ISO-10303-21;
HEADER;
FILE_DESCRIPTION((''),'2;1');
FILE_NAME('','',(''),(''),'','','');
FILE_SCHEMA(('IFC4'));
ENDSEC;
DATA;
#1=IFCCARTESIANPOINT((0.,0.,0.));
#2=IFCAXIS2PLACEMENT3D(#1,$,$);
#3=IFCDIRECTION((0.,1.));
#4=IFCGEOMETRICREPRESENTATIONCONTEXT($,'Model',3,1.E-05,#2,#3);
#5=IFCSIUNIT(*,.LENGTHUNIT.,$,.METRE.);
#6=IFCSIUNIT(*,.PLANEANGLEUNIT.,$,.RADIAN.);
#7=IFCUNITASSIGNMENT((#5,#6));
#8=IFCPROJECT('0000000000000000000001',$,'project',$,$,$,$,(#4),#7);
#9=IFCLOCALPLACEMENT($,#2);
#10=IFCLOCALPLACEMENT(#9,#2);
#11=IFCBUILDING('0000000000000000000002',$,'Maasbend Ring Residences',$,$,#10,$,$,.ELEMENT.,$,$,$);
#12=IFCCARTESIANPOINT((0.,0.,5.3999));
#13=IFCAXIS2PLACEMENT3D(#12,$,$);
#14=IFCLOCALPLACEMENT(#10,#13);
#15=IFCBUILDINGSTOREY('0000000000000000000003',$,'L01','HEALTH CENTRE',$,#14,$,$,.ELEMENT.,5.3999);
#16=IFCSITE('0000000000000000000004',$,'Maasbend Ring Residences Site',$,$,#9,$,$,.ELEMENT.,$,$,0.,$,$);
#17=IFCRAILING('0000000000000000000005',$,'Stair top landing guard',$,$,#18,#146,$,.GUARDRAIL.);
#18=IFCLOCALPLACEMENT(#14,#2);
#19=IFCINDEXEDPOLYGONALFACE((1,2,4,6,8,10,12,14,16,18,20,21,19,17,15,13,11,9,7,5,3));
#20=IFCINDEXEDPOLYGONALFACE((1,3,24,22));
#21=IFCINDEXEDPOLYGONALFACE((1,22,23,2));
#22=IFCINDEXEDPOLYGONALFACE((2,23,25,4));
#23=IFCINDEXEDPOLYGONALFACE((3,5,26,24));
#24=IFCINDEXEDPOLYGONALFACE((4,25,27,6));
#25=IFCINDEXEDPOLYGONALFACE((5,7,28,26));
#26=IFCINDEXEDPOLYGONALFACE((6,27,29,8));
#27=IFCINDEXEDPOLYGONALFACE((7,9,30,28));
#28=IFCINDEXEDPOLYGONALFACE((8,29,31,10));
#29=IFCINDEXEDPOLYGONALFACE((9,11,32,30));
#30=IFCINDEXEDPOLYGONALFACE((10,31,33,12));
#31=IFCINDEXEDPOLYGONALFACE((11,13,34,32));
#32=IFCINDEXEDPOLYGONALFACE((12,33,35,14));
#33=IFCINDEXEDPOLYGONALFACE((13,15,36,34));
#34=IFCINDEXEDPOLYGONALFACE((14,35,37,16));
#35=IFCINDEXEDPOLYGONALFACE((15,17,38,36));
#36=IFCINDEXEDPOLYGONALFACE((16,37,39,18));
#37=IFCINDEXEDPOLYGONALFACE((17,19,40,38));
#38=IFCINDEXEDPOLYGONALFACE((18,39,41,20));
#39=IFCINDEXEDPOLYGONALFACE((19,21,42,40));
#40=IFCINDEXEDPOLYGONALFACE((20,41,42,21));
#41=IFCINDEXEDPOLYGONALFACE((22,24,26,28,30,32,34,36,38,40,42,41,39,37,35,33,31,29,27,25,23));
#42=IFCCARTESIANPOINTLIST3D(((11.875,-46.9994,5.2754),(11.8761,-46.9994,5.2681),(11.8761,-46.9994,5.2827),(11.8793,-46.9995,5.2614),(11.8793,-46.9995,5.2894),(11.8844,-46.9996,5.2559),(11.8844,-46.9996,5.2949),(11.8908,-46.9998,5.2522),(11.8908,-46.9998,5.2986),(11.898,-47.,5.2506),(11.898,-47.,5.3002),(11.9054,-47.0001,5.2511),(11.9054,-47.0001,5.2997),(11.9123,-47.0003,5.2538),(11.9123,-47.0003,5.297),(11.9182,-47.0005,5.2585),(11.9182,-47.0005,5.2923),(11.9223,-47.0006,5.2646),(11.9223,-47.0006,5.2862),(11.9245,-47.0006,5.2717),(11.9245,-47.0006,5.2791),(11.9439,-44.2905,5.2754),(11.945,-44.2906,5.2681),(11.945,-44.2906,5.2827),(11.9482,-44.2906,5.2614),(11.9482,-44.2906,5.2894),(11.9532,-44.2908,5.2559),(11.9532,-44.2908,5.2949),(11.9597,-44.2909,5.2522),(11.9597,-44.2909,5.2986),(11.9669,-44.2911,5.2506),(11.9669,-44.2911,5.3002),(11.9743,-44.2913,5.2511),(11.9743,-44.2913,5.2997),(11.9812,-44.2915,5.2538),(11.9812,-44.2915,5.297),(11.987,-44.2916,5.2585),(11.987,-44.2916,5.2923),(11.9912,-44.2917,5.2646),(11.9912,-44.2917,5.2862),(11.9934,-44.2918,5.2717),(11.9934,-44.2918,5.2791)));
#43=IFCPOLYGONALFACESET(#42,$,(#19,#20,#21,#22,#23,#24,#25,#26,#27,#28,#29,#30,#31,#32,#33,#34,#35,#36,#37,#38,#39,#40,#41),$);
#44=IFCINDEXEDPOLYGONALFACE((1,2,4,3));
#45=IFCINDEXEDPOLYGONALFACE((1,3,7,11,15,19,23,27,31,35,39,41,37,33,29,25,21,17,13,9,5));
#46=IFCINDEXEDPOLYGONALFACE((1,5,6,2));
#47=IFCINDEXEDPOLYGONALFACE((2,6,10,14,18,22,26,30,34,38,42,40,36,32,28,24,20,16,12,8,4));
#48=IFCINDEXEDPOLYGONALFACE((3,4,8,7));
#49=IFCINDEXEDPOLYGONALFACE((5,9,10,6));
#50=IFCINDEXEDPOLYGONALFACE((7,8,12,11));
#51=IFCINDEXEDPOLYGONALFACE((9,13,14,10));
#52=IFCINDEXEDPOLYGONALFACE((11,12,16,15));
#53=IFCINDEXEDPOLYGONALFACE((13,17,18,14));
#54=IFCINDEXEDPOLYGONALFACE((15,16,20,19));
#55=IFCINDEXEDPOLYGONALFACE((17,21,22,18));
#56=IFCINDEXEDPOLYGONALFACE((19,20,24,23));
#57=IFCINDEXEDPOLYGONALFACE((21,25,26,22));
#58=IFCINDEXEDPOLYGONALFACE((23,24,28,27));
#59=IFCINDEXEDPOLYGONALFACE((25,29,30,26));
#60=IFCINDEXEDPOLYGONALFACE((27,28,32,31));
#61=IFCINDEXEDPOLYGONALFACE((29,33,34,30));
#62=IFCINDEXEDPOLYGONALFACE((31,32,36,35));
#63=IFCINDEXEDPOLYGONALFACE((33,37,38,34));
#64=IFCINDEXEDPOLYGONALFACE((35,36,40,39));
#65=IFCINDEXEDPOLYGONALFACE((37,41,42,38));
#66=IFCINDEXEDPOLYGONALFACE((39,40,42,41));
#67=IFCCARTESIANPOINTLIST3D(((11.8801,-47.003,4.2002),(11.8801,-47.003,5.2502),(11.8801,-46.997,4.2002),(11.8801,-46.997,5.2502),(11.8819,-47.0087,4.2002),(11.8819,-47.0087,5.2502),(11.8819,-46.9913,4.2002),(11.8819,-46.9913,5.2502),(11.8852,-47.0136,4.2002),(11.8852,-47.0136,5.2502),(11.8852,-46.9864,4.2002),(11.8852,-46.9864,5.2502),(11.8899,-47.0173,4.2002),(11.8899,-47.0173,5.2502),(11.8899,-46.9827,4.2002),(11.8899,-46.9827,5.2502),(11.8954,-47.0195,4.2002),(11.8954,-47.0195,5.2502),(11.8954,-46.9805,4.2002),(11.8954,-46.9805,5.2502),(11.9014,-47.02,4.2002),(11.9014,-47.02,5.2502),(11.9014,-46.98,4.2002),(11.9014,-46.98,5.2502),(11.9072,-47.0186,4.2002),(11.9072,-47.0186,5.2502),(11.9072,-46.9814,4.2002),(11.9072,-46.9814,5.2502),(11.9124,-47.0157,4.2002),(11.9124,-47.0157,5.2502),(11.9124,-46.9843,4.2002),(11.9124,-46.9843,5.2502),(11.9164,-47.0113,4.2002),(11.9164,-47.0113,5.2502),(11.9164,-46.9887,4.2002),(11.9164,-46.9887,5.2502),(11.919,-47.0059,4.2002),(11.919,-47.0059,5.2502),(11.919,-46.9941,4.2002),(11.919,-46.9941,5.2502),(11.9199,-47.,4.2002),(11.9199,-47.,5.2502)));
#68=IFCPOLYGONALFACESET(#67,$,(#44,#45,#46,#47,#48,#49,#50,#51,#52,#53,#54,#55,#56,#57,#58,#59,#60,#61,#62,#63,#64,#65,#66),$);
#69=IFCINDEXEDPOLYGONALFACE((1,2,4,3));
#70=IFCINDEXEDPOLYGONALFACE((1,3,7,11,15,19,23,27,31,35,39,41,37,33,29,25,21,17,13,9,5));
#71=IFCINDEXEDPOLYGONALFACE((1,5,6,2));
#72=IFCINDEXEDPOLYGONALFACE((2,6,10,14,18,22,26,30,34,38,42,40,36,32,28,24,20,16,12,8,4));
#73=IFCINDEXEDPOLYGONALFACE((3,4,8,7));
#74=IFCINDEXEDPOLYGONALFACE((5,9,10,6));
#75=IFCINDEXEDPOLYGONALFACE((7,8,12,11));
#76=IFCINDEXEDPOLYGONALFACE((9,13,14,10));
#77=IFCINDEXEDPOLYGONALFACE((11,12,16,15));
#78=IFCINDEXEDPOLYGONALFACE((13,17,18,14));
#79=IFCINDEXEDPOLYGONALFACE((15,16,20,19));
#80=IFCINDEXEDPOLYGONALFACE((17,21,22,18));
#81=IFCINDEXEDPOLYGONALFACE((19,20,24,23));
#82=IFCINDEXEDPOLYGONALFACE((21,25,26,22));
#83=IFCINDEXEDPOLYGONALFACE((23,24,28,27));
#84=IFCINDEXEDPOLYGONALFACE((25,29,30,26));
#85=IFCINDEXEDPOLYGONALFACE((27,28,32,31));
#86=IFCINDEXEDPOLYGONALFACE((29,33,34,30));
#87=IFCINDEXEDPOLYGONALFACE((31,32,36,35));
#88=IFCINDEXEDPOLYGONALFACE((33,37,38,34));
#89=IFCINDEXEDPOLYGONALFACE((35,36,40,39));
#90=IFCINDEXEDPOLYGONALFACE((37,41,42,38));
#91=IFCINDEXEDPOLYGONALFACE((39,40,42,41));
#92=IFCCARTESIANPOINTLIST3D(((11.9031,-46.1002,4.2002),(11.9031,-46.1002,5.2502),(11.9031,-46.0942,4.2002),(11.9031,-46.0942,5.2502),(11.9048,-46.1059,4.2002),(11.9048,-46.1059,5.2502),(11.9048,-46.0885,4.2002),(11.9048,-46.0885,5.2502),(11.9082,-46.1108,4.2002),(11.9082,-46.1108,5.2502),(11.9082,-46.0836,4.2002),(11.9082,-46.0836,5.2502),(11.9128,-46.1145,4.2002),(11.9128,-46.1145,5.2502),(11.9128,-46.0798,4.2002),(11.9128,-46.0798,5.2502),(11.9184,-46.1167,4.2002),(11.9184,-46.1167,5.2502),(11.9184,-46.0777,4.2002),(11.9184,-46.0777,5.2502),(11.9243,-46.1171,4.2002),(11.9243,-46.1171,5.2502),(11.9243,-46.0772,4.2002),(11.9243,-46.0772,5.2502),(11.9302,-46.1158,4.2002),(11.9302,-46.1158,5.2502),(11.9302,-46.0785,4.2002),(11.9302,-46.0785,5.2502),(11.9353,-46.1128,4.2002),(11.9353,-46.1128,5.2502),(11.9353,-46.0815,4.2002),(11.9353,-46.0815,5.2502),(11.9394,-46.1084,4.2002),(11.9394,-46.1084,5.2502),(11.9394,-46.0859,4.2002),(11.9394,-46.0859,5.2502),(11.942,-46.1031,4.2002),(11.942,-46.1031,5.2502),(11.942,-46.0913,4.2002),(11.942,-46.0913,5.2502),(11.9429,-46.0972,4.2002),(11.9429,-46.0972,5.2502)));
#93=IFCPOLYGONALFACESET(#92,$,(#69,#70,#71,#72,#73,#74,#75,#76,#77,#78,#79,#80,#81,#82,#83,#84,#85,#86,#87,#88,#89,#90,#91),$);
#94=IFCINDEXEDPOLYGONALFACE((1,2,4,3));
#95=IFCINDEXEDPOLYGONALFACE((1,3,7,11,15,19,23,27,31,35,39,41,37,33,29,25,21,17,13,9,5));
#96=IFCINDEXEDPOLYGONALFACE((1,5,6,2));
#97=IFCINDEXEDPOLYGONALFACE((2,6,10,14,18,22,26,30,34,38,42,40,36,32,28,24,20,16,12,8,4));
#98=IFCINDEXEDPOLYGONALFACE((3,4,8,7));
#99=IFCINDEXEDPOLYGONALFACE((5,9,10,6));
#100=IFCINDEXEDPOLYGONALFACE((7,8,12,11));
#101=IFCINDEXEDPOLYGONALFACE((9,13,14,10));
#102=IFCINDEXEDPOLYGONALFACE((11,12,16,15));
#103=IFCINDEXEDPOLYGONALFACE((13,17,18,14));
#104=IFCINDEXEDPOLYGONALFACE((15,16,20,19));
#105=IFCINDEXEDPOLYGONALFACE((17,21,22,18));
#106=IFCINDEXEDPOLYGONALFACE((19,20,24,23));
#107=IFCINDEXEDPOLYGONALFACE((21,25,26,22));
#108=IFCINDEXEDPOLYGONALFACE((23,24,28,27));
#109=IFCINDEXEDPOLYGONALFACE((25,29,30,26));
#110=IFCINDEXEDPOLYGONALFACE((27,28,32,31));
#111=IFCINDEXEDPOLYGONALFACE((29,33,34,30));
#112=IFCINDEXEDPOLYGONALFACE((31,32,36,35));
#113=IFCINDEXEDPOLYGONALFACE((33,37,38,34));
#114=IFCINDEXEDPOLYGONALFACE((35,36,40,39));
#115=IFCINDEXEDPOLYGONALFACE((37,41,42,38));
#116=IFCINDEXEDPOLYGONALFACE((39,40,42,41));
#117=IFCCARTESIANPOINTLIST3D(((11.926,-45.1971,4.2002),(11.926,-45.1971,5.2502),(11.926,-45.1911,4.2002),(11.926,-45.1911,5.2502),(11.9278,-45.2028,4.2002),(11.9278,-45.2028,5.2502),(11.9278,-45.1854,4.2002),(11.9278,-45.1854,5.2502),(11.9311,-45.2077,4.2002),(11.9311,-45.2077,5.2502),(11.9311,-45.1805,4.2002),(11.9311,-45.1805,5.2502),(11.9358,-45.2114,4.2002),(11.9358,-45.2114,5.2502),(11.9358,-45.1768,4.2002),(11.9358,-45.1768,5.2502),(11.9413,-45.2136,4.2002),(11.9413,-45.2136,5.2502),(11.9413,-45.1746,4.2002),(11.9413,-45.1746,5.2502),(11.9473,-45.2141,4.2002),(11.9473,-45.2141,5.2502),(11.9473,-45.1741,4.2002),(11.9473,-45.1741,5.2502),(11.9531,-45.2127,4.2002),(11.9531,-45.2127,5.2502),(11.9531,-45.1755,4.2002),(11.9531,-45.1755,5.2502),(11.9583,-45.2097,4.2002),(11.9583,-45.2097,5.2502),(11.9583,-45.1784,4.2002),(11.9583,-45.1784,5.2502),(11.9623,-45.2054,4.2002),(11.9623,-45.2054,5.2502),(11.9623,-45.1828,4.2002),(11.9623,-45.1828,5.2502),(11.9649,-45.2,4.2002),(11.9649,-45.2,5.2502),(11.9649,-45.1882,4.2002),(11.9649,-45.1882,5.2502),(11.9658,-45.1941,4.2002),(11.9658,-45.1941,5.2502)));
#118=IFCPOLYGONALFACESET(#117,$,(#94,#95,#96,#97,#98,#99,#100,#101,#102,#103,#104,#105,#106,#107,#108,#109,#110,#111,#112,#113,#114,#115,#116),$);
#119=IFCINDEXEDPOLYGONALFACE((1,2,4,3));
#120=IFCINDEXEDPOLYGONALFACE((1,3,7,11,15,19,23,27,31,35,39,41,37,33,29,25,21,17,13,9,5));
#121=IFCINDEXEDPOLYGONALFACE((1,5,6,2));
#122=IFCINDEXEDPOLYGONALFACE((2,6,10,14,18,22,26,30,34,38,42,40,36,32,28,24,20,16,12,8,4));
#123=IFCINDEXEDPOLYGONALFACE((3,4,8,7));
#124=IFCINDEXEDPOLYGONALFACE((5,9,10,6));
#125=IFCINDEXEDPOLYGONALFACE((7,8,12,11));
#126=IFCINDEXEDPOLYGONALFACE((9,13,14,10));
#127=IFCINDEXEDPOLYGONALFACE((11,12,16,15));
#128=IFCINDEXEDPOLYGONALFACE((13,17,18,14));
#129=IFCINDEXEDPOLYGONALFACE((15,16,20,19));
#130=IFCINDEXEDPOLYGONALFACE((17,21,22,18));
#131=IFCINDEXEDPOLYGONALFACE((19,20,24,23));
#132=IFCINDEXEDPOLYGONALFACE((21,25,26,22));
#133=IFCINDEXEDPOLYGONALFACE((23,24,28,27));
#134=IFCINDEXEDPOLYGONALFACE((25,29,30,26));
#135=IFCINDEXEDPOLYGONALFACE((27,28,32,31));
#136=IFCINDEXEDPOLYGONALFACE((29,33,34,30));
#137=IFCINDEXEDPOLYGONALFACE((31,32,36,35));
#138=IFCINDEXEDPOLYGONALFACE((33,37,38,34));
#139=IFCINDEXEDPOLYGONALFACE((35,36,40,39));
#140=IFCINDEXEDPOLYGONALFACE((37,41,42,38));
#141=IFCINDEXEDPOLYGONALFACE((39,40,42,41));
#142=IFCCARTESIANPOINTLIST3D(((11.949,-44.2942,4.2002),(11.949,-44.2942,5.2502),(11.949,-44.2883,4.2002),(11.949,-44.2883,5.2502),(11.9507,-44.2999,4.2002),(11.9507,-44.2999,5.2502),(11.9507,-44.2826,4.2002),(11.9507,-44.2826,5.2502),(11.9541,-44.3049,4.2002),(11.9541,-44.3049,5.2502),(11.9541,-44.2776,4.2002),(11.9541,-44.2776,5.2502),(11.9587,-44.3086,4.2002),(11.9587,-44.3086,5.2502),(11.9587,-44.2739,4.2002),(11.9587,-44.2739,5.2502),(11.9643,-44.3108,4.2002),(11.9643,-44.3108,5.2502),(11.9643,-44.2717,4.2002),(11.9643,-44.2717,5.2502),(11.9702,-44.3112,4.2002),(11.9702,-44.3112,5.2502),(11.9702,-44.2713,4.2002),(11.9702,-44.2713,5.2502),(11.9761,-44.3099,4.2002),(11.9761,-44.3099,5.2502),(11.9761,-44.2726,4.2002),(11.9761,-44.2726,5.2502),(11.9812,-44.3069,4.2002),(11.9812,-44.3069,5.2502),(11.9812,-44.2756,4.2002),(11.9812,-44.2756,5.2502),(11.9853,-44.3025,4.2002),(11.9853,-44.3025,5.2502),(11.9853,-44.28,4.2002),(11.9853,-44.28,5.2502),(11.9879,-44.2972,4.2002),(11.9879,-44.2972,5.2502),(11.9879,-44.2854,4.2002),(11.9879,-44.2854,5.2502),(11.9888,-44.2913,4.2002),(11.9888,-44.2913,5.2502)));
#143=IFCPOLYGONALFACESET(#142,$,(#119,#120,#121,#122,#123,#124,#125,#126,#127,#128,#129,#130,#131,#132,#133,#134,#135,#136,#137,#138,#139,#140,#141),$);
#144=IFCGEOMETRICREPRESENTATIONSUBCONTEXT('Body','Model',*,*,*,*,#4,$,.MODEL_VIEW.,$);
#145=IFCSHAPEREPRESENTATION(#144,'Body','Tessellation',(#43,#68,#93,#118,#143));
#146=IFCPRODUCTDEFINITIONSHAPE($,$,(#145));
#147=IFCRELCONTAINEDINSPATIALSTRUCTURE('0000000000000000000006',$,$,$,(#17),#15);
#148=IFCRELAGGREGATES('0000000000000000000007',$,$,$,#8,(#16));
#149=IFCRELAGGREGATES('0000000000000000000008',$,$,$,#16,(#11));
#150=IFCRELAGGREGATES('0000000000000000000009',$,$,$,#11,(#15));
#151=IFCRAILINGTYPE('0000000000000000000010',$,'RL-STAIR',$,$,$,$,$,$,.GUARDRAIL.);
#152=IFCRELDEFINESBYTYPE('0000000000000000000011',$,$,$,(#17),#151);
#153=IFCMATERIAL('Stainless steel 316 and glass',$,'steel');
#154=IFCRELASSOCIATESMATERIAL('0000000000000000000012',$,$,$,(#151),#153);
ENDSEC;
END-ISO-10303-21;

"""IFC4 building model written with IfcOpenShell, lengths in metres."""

from ifc_helpers import new_model, si_unit, direction, frame, origin, origin_2d, place, context, subcontext, project, spatial, circle, extrude, material, type_object, element, save


model = new_model("IFC4")

# Units and contexts
model_context = context("Model", 3, precision=1e-05, world=origin(), true_north=direction((0.0, 1.0)))
body_context = subcontext(model_context, "Body", "Model", "MODEL_VIEW")
ifc_project = project(units=[si_unit("LENGTHUNIT", "METRE"), si_unit("PLANEANGLEUNIT", "RADIAN")], contexts=[model_context])

# Site, building, storey
site_placement = place(None, origin())
site = spatial("IfcSite", under=ifc_project, at=site_placement, Name="Maasbend Ring Residences Site", CompositionType="ELEMENT", RefElevation=0.0)
building_placement = place(site_placement, origin())
building = spatial("IfcBuilding", under=site, at=building_placement, Name="Maasbend Ring Residences", CompositionType="ELEMENT")
storey_placement = place(building_placement, frame((0.0, 0.0, 5.3999)))
storey = spatial("IfcBuildingStorey", under=building, at=storey_placement, Name="L01", Description="HEALTH CENTRE", CompositionType="ELEMENT", Elevation=5.3999)

# Railing
ifc_material_1 = material(Name="Stainless steel 316 and glass", Category="steel")
railing_type_1 = type_object("IfcRailingType", Name="RL-STAIR", PredefinedType="GUARDRAIL", material=ifc_material_1)
railing_1_placement = place(storey_placement, frame((11.8999, -47.0, 4.2002)))
element("IfcRailing", 1, at=railing_1_placement, inside=storey, type_object=railing_type_1, Name="Stair top landing guard", PredefinedType="GUARDRAIL", context=body_context, shape_type="SweptSolid", body=[
    extrude(circle(Radius=0.0249, at=origin_2d()), frame((0.0, 0.0, 1.0752), z_axis=(0.025409, 0.999677, 0.0), x_axis=(-0.999677, 0.025409, 0.0)), (0.0, 0.0, 1.0), 2.7097),
    extrude(circle(Radius=0.02, at=origin_2d()), origin(), (0.0, 0.0, 1.0), 1.05),
    extrude(circle(Radius=0.02, at=origin_2d()), frame((0.0229, 0.9028, 0.0)), (0.0, 0.0, 1.0), 1.05),
    extrude(circle(Radius=0.02, at=origin_2d()), frame((0.0459, 1.8059, 0.0)), (0.0, 0.0, 1.0), 1.05),
    extrude(circle(Radius=0.02, at=origin_2d()), frame((0.0688, 2.7087, 0.0)), (0.0, 0.0, 1.0), 1.05),
])

save(model, "model.ifc")
